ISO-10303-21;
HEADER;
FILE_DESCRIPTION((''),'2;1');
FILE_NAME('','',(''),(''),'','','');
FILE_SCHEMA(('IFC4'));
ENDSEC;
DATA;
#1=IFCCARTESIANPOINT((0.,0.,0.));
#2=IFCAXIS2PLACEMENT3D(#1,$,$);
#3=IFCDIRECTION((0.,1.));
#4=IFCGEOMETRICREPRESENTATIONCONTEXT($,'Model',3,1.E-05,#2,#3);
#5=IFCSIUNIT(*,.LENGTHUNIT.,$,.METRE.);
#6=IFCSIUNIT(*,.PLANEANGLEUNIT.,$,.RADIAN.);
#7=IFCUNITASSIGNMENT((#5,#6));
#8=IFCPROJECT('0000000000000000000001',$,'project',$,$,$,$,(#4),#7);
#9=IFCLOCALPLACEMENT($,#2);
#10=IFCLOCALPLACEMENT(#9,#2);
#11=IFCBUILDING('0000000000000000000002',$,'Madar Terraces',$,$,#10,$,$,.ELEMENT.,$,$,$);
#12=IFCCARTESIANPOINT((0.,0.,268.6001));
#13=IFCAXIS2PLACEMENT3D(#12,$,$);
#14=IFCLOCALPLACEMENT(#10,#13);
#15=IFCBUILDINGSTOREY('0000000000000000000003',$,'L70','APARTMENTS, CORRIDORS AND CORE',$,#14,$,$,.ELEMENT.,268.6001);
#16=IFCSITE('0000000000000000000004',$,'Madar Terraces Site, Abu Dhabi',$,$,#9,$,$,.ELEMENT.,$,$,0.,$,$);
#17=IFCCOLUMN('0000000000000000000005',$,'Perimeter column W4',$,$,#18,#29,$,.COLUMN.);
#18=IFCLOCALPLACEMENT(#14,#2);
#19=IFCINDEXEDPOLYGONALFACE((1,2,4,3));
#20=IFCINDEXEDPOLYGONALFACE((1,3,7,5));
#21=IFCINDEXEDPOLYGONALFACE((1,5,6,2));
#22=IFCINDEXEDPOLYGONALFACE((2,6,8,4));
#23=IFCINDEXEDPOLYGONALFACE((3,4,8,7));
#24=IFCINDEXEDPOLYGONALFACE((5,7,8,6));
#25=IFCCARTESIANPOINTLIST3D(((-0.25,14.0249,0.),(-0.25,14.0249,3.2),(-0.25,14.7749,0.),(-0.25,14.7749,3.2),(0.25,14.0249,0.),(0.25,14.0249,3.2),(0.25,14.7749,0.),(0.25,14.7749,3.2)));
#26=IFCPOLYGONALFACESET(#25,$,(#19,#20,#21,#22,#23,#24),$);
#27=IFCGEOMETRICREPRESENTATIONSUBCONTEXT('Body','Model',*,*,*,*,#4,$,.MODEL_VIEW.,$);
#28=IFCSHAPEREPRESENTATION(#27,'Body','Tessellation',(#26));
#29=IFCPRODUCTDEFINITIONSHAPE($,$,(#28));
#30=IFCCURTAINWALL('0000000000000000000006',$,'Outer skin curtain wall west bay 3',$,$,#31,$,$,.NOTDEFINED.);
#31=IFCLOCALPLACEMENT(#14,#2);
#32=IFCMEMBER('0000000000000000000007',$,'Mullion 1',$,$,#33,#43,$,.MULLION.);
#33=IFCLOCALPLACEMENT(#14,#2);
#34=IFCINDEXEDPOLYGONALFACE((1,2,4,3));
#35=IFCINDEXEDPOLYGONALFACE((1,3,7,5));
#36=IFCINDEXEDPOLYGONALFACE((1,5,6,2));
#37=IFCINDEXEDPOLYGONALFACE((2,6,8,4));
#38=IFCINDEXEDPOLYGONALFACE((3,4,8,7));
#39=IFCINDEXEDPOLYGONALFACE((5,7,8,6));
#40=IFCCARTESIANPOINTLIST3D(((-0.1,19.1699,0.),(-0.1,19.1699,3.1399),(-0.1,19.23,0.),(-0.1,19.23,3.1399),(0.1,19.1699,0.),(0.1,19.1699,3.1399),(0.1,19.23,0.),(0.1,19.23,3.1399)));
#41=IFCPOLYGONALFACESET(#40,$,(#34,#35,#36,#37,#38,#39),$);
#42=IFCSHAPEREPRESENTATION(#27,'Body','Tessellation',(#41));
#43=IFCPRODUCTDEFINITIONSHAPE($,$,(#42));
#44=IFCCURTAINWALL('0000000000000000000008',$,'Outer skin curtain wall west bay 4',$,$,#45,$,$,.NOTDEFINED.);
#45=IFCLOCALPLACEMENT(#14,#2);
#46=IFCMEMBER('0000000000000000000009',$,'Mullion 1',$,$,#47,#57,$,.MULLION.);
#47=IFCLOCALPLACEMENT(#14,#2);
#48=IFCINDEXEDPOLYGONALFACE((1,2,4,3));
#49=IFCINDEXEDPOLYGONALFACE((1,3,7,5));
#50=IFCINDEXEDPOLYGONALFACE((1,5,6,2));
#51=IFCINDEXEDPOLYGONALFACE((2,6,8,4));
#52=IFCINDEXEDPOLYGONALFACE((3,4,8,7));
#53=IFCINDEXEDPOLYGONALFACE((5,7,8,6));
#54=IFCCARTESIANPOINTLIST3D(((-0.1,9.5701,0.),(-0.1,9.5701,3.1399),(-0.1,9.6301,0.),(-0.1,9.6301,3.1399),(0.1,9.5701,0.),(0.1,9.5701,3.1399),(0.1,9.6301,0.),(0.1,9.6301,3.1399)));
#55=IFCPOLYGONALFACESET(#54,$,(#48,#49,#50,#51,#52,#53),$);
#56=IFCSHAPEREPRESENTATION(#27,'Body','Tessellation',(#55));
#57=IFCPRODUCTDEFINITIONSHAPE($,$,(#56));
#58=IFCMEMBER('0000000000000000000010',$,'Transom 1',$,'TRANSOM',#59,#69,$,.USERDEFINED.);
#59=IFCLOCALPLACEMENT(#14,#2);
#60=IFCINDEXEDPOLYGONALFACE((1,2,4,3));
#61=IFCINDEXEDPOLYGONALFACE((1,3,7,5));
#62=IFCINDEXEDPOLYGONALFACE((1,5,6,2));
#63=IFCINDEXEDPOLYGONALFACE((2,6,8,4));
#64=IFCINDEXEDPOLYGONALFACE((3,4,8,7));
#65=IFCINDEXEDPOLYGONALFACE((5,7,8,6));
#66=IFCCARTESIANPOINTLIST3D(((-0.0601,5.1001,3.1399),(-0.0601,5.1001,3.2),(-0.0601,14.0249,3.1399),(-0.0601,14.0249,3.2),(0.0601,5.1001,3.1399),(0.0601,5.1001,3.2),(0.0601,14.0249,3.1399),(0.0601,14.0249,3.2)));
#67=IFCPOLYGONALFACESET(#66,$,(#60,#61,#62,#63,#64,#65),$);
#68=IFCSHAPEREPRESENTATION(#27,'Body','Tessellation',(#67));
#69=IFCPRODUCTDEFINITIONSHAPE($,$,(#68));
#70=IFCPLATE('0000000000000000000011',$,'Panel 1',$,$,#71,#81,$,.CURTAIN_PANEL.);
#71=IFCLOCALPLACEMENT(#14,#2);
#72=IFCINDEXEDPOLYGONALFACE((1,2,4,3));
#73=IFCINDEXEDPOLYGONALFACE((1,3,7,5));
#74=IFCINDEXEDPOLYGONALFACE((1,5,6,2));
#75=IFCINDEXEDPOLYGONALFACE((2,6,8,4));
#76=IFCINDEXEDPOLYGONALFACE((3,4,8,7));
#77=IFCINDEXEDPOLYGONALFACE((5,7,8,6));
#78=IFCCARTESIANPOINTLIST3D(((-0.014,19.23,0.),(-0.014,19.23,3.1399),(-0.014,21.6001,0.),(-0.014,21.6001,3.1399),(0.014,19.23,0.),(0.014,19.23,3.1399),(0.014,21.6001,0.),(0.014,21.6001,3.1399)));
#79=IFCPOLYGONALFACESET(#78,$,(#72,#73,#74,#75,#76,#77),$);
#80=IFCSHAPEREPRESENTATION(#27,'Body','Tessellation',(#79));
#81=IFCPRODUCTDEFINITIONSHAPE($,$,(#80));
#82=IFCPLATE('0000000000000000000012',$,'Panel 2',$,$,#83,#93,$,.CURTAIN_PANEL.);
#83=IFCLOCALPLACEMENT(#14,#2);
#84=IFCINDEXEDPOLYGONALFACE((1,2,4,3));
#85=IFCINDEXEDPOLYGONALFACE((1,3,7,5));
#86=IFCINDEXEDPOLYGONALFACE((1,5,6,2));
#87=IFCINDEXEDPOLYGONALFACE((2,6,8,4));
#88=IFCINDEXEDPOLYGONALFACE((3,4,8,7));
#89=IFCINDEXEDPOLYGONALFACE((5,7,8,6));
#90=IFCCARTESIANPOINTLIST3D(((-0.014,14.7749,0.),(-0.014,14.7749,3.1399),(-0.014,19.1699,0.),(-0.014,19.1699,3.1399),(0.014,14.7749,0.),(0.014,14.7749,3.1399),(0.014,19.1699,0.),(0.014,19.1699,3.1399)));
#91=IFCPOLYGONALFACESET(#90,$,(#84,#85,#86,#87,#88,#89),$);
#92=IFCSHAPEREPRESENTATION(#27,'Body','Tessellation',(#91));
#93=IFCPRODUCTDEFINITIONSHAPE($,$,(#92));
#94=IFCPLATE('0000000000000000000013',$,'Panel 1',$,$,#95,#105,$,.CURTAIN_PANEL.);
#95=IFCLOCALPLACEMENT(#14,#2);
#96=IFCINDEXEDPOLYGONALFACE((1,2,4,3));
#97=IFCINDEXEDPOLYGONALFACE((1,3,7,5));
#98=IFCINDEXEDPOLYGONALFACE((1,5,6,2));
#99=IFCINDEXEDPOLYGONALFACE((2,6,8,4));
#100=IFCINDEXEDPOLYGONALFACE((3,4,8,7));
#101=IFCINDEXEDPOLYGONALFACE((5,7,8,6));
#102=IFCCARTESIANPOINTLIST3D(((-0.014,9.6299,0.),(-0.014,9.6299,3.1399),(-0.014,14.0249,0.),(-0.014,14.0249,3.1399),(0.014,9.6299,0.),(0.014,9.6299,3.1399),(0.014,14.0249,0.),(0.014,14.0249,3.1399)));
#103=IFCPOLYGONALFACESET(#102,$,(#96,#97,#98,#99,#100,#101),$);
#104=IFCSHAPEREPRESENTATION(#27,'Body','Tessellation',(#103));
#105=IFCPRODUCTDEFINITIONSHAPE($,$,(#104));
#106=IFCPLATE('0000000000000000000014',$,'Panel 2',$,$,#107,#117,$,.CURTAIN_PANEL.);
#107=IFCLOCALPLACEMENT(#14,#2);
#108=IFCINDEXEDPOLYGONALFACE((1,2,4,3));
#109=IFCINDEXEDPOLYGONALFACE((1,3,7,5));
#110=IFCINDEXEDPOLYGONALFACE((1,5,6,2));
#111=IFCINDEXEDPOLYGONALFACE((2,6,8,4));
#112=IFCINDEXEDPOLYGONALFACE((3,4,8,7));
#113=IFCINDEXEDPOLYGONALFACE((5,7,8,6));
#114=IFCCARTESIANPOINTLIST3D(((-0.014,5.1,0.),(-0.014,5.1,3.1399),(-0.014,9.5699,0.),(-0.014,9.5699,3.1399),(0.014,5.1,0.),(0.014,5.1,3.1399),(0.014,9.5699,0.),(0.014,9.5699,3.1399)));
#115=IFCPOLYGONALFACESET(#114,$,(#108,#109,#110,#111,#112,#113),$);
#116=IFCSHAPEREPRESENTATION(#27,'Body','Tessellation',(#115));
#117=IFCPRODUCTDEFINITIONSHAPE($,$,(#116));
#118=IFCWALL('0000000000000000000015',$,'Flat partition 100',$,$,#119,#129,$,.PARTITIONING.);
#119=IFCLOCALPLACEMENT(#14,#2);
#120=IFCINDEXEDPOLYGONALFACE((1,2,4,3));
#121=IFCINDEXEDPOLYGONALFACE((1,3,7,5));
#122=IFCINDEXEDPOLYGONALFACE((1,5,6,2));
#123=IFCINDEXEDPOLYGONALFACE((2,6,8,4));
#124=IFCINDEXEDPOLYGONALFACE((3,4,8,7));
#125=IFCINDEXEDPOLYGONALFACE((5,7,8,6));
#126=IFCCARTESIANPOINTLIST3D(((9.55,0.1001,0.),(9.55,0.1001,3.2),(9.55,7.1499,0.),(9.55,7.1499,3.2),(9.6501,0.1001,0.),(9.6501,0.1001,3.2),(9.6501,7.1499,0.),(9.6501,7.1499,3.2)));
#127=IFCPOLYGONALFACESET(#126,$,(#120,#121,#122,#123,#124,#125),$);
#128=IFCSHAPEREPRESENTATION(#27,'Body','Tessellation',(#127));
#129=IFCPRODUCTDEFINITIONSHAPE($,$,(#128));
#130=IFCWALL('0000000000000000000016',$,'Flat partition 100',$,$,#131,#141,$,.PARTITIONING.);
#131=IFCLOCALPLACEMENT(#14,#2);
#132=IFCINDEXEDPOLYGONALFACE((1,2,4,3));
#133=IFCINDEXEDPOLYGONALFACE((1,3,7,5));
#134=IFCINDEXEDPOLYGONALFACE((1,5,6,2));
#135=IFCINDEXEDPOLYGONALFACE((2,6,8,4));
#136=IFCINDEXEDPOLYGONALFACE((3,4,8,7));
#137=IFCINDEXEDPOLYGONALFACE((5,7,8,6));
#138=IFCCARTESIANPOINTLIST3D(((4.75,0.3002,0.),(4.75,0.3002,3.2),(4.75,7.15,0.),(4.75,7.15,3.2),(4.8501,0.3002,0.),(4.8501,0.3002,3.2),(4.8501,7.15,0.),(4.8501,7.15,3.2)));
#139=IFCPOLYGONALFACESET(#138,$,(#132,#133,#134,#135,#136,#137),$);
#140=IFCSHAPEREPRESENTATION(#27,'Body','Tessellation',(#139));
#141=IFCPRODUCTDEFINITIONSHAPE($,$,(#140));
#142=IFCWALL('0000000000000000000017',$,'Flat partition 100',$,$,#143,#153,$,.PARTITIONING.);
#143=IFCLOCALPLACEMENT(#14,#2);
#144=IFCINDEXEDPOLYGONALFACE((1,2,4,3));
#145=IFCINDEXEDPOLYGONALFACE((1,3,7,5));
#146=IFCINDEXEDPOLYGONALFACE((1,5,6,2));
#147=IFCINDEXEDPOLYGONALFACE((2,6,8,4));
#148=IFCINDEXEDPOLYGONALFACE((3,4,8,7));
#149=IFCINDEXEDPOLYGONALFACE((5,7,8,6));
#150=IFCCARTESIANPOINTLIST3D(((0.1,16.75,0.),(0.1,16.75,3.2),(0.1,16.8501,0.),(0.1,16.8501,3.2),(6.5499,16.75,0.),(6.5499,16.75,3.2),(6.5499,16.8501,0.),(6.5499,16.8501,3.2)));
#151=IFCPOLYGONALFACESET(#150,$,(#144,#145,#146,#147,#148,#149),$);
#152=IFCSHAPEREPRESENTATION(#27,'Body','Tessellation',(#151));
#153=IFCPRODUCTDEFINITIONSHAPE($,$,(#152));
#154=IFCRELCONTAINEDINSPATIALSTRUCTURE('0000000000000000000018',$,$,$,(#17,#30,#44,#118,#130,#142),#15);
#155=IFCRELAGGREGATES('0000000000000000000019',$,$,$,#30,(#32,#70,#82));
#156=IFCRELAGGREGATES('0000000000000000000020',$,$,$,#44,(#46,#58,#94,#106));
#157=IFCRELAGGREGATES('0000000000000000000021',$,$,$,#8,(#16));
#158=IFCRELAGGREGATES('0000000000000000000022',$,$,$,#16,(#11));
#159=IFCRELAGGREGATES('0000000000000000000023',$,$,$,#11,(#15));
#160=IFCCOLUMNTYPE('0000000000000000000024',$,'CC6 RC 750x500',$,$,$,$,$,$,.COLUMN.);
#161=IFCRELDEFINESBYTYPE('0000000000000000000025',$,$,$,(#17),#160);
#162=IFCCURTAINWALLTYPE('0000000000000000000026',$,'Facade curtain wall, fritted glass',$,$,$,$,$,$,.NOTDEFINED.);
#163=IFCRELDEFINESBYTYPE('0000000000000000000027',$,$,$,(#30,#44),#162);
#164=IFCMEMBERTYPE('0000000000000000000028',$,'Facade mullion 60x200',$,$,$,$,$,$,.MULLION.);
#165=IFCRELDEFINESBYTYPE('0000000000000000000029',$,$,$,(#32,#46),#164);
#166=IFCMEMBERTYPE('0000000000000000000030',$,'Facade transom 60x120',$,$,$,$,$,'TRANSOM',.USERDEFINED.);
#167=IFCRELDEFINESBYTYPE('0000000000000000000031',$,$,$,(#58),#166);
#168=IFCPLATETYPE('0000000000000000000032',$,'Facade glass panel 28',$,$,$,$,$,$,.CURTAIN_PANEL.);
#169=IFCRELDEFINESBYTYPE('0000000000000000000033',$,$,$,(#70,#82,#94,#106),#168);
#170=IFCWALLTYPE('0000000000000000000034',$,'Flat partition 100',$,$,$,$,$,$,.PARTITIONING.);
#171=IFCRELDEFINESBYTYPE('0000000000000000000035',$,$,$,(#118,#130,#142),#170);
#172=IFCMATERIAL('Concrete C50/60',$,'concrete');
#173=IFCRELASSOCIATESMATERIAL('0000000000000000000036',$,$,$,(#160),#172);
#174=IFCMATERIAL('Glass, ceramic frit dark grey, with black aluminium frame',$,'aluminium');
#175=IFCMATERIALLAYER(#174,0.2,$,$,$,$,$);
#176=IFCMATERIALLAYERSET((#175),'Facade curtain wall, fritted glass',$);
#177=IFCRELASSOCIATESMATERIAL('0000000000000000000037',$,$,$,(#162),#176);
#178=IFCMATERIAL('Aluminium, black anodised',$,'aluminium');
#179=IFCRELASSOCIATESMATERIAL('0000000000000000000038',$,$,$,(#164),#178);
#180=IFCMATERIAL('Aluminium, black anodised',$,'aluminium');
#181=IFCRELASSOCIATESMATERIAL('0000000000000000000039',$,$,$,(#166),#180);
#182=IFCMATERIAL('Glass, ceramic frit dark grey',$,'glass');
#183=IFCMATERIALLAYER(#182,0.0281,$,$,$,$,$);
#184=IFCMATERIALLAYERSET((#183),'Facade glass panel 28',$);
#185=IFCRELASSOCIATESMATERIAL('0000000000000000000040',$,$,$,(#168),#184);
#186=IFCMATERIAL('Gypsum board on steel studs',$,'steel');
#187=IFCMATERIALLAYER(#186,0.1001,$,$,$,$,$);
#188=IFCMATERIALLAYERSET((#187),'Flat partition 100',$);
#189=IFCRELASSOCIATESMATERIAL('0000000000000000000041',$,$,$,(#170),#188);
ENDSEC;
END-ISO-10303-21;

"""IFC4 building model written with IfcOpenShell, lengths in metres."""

from ifc_helpers import new_model, si_unit, direction, frame, frame_2d, origin, origin_2d, place, context, subcontext, project, spatial, rectangle, extrude, material, layer, layer_set, material_profile, profile_set, type_object, element, aggregate, save


model = new_model("IFC4")

# Units and contexts
model_context = context("Model", 3, precision=1e-05, world=origin(), true_north=direction((0.0, 1.0)))
body_context = subcontext(model_context, "Body", "Model", "MODEL_VIEW")
ifc_project = project(units=[si_unit("LENGTHUNIT", "METRE"), si_unit("PLANEANGLEUNIT", "RADIAN")], contexts=[model_context])

# Site, building, storey
site_placement = place(None, origin())
site = spatial("IfcSite", under=ifc_project, at=site_placement, Name="Madar Terraces Site, Abu Dhabi", CompositionType="ELEMENT", RefElevation=0.0)
building_placement = place(site_placement, origin())
building = spatial("IfcBuilding", under=site, at=building_placement, Name="Madar Terraces", CompositionType="ELEMENT")
storey_placement = place(building_placement, frame((0.0, 0.0, 268.6001)))
storey = spatial("IfcBuildingStorey", under=building, at=storey_placement, Name="L70", Description="APARTMENTS, CORRIDORS AND CORE", CompositionType="ELEMENT", Elevation=268.6001)

# Column
ifc_material_1 = material(Name="Concrete C50/60", Category="concrete")
ifc_material_profile_1 = material_profile(ifc_material_1, rectangle(XDim=0.75, YDim=0.5, at=origin_2d()), Name="CC6 RC 750x500")
ifc_profile_set_1 = profile_set([ifc_material_profile_1], Name="Concrete C50/60")
column_type = type_object("IfcColumnType", Name="CC6 RC 750x500", PredefinedType="COLUMN", material=ifc_profile_set_1)
column_placement = place(storey_placement, frame((0.0, 14.3999, 0.0), z_axis=(0.0, 0.0, 1.0), x_axis=(0.0, 1.0, 0.0)))
element("IfcColumn", 1, at=column_placement, inside=storey, type_object=column_type, Name="Perimeter column W4", PredefinedType="COLUMN", context=body_context, shape_type="SweptSolid", body=[
    extrude(rectangle(XDim=0.75, YDim=0.5, at=origin_2d()), origin(), (0.0, 0.0, 1.0), 3.2),
])

# Curtain wall, member
ifc_material_2 = material(Name="Glass, ceramic frit dark grey, with black aluminium frame", Category="aluminium")
ifc_layer_1 = layer(ifc_material_2, 0.2)
ifc_layer_set_1 = layer_set([ifc_layer_1], Name="Facade curtain wall, fritted glass")
curtain_wall_type = type_object("IfcCurtainWallType", Name="Facade curtain wall, fritted glass", PredefinedType="NOTDEFINED", material=ifc_layer_set_1)
curtain_wall_1_placement = place(storey_placement, origin())
curtain_wall_1 = element("IfcCurtainWall", 2, at=curtain_wall_1_placement, inside=storey, type_object=curtain_wall_type, Name="Outer skin curtain wall west bay 3", PredefinedType="NOTDEFINED")
ifc_material_3 = material(Name="Aluminium, black anodised", Category="aluminium")
ifc_material_profile_2 = material_profile(ifc_material_3, rectangle(XDim=0.2, YDim=0.0601, at=origin_2d()), Name="Facade mullion 60x200")
ifc_profile_set_2 = profile_set([ifc_material_profile_2], Name="Aluminium, black anodised")
member_type_1 = type_object("IfcMemberType", Name="Facade mullion 60x200", PredefinedType="MULLION", material=ifc_profile_set_2)
member_1_placement = place(storey_placement, frame((0.0, 19.2, 0.0), z_axis=(0.0, 0.0, 1.0), x_axis=(1.0, 0.0, 0.0)))
member_1 = element("IfcMember", 3, at=member_1_placement, type_object=member_type_1, Name="Mullion 1", PredefinedType="MULLION", context=body_context, shape_type="SweptSolid", body=[
    extrude(rectangle(XDim=0.2, YDim=0.0601, at=origin_2d()), origin(), (0.0, 0.0, 1.0), 3.1399),
])

# Curtain wall, members
curtain_wall_2_placement = place(storey_placement, origin())
curtain_wall_2 = element("IfcCurtainWall", 4, at=curtain_wall_2_placement, inside=storey, type_object=curtain_wall_type, Name="Outer skin curtain wall west bay 4", PredefinedType="NOTDEFINED")
member_2_placement = place(storey_placement, frame((0.0, 9.6001, 0.0), z_axis=(0.0, 0.0, 1.0), x_axis=(1.0, 0.0, 0.0)))
member_2 = element("IfcMember", 5, at=member_2_placement, type_object=member_type_1, Name="Mullion 1", PredefinedType="MULLION", context=body_context, shape_type="SweptSolid", body=[
    extrude(rectangle(XDim=0.2, YDim=0.0601, at=origin_2d()), origin(), (0.0, 0.0, 1.0), 3.1399),
])
ifc_material_4 = material(Name="Aluminium, black anodised", Category="aluminium")
ifc_material_profile_3 = material_profile(ifc_material_4, rectangle(XDim=0.1201, YDim=0.0601, at=origin_2d()), Name="Facade transom 60x120")
ifc_profile_set_3 = profile_set([ifc_material_profile_3], Name="Aluminium, black anodised")
member_type_2 = type_object("IfcMemberType", Name="Facade transom 60x120", ElementType="TRANSOM", PredefinedType="USERDEFINED", material=ifc_profile_set_3)
member_3_placement = place(storey_placement, frame((0.0, 14.0249, 3.1699), z_axis=(0.0, -1.0, 0.0), x_axis=(1.0, 0.0, 0.0)))
member_3 = element("IfcMember", 6, at=member_3_placement, type_object=member_type_2, Name="Transom 1", ObjectType="TRANSOM", PredefinedType="USERDEFINED", context=body_context, shape_type="SweptSolid", body=[
    extrude(rectangle(XDim=0.1201, YDim=0.0601, at=origin_2d()), origin(), (0.0, 0.0, 1.0), 8.9248),
])

# Plates
ifc_material_5 = material(Name="Glass, ceramic frit dark grey", Category="glass")
ifc_layer_2 = layer(ifc_material_5, 0.0281)
ifc_layer_set_2 = layer_set([ifc_layer_2], Name="Facade glass panel 28")
plate_type = type_object("IfcPlateType", Name="Facade glass panel 28", PredefinedType="CURTAIN_PANEL", material=ifc_layer_set_2)
plate_1_placement = place(storey_placement, frame((0.0, 20.415, 0.0), z_axis=(0.0, 0.0, 1.0), x_axis=(0.0, -1.0, 0.0)))
plate_1 = element("IfcPlate", 7, at=plate_1_placement, type_object=plate_type, Name="Panel 1", PredefinedType="CURTAIN_PANEL", context=body_context, shape_type="SweptSolid", body=[
    extrude(rectangle(XDim=2.3701, YDim=0.0281, at=origin_2d()), origin(), (0.0, 0.0, 1.0), 3.1399),
])
plate_2_placement = place(storey_placement, frame((0.0, 16.9724, 0.0), z_axis=(0.0, 0.0, 1.0), x_axis=(0.0, -1.0, 0.0)))
plate_2 = element("IfcPlate", 8, at=plate_2_placement, type_object=plate_type, Name="Panel 2", PredefinedType="CURTAIN_PANEL", context=body_context, shape_type="SweptSolid", body=[
    extrude(rectangle(XDim=4.395, YDim=0.0281, at=origin_2d()), origin(), (0.0, 0.0, 1.0), 3.1399),
])
aggregate(curtain_wall_1, [member_1, plate_1, plate_2])
plate_3_placement = place(storey_placement, frame((0.0, 11.8274, 0.0), z_axis=(0.0, 0.0, 1.0), x_axis=(0.0, -1.0, 0.0)))
plate_3 = element("IfcPlate", 9, at=plate_3_placement, type_object=plate_type, Name="Panel 1", PredefinedType="CURTAIN_PANEL", context=body_context, shape_type="SweptSolid", body=[
    extrude(rectangle(XDim=4.395, YDim=0.0281, at=origin_2d()), origin(), (0.0, 0.0, 1.0), 3.1399),
])
plate_4_placement = place(storey_placement, frame((0.0, 7.335, 0.0), z_axis=(0.0, 0.0, 1.0), x_axis=(0.0, -1.0, 0.0)))
plate_4 = element("IfcPlate", 10, at=plate_4_placement, type_object=plate_type, Name="Panel 2", PredefinedType="CURTAIN_PANEL", context=body_context, shape_type="SweptSolid", body=[
    extrude(rectangle(XDim=4.47, YDim=0.0281, at=origin_2d()), origin(), (0.0, 0.0, 1.0), 3.1399),
])
aggregate(curtain_wall_2, [member_2, member_3, plate_3, plate_4])

# Walls
ifc_material_6 = material(Name="Gypsum board on steel studs", Category="steel")
ifc_layer_3 = layer(ifc_material_6, 0.1001)
ifc_layer_set_3 = layer_set([ifc_layer_3], Name="Flat partition 100")
wall_type_1 = type_object("IfcWallType", Name="Flat partition 100", PredefinedType="PARTITIONING", material=ifc_layer_set_3)
wall_1_placement = place(storey_placement, frame((9.6001, 7.1499, 0.0), z_axis=(0.0, 0.0, 1.0), x_axis=(0.0, -1.0, 0.0)))
element("IfcWall", 11, at=wall_1_placement, inside=storey, type_object=wall_type_1, Name="Flat partition 100", PredefinedType="PARTITIONING", context=body_context, shape_type="SweptSolid", body=[
    extrude(rectangle(XDim=7.0498, YDim=0.1001, at=frame_2d((3.5249, 0.0))), origin(), (0.0, 0.0, 1.0), 3.2),
])
wall_2_placement = place(storey_placement, frame((4.8, 7.1499, 0.0), z_axis=(0.0, 0.0, 1.0), x_axis=(0.0, -1.0, 0.0)))
element("IfcWall", 12, at=wall_2_placement, inside=storey, type_object=wall_type_1, Name="Flat partition 100", PredefinedType="PARTITIONING", context=body_context, shape_type="SweptSolid", body=[
    extrude(rectangle(XDim=6.8499, YDim=0.1001, at=frame_2d((3.4248, 0.0))), origin(), (0.0, 0.0, 1.0), 3.2),
])
wall_3_placement = place(storey_placement, frame((6.55, 16.8, 0.0), z_axis=(0.0, 0.0, 1.0), x_axis=(-1.0, 0.0, 0.0)))
element("IfcWall", 13, at=wall_3_placement, inside=storey, type_object=wall_type_1, Name="Flat partition 100", PredefinedType="PARTITIONING", context=body_context, shape_type="SweptSolid", body=[
    extrude(rectangle(XDim=6.45, YDim=0.1001, at=frame_2d((3.2251, 0.0))), origin(), (0.0, 0.0, 1.0), 3.2),
])

save(model, "model.ifc")
